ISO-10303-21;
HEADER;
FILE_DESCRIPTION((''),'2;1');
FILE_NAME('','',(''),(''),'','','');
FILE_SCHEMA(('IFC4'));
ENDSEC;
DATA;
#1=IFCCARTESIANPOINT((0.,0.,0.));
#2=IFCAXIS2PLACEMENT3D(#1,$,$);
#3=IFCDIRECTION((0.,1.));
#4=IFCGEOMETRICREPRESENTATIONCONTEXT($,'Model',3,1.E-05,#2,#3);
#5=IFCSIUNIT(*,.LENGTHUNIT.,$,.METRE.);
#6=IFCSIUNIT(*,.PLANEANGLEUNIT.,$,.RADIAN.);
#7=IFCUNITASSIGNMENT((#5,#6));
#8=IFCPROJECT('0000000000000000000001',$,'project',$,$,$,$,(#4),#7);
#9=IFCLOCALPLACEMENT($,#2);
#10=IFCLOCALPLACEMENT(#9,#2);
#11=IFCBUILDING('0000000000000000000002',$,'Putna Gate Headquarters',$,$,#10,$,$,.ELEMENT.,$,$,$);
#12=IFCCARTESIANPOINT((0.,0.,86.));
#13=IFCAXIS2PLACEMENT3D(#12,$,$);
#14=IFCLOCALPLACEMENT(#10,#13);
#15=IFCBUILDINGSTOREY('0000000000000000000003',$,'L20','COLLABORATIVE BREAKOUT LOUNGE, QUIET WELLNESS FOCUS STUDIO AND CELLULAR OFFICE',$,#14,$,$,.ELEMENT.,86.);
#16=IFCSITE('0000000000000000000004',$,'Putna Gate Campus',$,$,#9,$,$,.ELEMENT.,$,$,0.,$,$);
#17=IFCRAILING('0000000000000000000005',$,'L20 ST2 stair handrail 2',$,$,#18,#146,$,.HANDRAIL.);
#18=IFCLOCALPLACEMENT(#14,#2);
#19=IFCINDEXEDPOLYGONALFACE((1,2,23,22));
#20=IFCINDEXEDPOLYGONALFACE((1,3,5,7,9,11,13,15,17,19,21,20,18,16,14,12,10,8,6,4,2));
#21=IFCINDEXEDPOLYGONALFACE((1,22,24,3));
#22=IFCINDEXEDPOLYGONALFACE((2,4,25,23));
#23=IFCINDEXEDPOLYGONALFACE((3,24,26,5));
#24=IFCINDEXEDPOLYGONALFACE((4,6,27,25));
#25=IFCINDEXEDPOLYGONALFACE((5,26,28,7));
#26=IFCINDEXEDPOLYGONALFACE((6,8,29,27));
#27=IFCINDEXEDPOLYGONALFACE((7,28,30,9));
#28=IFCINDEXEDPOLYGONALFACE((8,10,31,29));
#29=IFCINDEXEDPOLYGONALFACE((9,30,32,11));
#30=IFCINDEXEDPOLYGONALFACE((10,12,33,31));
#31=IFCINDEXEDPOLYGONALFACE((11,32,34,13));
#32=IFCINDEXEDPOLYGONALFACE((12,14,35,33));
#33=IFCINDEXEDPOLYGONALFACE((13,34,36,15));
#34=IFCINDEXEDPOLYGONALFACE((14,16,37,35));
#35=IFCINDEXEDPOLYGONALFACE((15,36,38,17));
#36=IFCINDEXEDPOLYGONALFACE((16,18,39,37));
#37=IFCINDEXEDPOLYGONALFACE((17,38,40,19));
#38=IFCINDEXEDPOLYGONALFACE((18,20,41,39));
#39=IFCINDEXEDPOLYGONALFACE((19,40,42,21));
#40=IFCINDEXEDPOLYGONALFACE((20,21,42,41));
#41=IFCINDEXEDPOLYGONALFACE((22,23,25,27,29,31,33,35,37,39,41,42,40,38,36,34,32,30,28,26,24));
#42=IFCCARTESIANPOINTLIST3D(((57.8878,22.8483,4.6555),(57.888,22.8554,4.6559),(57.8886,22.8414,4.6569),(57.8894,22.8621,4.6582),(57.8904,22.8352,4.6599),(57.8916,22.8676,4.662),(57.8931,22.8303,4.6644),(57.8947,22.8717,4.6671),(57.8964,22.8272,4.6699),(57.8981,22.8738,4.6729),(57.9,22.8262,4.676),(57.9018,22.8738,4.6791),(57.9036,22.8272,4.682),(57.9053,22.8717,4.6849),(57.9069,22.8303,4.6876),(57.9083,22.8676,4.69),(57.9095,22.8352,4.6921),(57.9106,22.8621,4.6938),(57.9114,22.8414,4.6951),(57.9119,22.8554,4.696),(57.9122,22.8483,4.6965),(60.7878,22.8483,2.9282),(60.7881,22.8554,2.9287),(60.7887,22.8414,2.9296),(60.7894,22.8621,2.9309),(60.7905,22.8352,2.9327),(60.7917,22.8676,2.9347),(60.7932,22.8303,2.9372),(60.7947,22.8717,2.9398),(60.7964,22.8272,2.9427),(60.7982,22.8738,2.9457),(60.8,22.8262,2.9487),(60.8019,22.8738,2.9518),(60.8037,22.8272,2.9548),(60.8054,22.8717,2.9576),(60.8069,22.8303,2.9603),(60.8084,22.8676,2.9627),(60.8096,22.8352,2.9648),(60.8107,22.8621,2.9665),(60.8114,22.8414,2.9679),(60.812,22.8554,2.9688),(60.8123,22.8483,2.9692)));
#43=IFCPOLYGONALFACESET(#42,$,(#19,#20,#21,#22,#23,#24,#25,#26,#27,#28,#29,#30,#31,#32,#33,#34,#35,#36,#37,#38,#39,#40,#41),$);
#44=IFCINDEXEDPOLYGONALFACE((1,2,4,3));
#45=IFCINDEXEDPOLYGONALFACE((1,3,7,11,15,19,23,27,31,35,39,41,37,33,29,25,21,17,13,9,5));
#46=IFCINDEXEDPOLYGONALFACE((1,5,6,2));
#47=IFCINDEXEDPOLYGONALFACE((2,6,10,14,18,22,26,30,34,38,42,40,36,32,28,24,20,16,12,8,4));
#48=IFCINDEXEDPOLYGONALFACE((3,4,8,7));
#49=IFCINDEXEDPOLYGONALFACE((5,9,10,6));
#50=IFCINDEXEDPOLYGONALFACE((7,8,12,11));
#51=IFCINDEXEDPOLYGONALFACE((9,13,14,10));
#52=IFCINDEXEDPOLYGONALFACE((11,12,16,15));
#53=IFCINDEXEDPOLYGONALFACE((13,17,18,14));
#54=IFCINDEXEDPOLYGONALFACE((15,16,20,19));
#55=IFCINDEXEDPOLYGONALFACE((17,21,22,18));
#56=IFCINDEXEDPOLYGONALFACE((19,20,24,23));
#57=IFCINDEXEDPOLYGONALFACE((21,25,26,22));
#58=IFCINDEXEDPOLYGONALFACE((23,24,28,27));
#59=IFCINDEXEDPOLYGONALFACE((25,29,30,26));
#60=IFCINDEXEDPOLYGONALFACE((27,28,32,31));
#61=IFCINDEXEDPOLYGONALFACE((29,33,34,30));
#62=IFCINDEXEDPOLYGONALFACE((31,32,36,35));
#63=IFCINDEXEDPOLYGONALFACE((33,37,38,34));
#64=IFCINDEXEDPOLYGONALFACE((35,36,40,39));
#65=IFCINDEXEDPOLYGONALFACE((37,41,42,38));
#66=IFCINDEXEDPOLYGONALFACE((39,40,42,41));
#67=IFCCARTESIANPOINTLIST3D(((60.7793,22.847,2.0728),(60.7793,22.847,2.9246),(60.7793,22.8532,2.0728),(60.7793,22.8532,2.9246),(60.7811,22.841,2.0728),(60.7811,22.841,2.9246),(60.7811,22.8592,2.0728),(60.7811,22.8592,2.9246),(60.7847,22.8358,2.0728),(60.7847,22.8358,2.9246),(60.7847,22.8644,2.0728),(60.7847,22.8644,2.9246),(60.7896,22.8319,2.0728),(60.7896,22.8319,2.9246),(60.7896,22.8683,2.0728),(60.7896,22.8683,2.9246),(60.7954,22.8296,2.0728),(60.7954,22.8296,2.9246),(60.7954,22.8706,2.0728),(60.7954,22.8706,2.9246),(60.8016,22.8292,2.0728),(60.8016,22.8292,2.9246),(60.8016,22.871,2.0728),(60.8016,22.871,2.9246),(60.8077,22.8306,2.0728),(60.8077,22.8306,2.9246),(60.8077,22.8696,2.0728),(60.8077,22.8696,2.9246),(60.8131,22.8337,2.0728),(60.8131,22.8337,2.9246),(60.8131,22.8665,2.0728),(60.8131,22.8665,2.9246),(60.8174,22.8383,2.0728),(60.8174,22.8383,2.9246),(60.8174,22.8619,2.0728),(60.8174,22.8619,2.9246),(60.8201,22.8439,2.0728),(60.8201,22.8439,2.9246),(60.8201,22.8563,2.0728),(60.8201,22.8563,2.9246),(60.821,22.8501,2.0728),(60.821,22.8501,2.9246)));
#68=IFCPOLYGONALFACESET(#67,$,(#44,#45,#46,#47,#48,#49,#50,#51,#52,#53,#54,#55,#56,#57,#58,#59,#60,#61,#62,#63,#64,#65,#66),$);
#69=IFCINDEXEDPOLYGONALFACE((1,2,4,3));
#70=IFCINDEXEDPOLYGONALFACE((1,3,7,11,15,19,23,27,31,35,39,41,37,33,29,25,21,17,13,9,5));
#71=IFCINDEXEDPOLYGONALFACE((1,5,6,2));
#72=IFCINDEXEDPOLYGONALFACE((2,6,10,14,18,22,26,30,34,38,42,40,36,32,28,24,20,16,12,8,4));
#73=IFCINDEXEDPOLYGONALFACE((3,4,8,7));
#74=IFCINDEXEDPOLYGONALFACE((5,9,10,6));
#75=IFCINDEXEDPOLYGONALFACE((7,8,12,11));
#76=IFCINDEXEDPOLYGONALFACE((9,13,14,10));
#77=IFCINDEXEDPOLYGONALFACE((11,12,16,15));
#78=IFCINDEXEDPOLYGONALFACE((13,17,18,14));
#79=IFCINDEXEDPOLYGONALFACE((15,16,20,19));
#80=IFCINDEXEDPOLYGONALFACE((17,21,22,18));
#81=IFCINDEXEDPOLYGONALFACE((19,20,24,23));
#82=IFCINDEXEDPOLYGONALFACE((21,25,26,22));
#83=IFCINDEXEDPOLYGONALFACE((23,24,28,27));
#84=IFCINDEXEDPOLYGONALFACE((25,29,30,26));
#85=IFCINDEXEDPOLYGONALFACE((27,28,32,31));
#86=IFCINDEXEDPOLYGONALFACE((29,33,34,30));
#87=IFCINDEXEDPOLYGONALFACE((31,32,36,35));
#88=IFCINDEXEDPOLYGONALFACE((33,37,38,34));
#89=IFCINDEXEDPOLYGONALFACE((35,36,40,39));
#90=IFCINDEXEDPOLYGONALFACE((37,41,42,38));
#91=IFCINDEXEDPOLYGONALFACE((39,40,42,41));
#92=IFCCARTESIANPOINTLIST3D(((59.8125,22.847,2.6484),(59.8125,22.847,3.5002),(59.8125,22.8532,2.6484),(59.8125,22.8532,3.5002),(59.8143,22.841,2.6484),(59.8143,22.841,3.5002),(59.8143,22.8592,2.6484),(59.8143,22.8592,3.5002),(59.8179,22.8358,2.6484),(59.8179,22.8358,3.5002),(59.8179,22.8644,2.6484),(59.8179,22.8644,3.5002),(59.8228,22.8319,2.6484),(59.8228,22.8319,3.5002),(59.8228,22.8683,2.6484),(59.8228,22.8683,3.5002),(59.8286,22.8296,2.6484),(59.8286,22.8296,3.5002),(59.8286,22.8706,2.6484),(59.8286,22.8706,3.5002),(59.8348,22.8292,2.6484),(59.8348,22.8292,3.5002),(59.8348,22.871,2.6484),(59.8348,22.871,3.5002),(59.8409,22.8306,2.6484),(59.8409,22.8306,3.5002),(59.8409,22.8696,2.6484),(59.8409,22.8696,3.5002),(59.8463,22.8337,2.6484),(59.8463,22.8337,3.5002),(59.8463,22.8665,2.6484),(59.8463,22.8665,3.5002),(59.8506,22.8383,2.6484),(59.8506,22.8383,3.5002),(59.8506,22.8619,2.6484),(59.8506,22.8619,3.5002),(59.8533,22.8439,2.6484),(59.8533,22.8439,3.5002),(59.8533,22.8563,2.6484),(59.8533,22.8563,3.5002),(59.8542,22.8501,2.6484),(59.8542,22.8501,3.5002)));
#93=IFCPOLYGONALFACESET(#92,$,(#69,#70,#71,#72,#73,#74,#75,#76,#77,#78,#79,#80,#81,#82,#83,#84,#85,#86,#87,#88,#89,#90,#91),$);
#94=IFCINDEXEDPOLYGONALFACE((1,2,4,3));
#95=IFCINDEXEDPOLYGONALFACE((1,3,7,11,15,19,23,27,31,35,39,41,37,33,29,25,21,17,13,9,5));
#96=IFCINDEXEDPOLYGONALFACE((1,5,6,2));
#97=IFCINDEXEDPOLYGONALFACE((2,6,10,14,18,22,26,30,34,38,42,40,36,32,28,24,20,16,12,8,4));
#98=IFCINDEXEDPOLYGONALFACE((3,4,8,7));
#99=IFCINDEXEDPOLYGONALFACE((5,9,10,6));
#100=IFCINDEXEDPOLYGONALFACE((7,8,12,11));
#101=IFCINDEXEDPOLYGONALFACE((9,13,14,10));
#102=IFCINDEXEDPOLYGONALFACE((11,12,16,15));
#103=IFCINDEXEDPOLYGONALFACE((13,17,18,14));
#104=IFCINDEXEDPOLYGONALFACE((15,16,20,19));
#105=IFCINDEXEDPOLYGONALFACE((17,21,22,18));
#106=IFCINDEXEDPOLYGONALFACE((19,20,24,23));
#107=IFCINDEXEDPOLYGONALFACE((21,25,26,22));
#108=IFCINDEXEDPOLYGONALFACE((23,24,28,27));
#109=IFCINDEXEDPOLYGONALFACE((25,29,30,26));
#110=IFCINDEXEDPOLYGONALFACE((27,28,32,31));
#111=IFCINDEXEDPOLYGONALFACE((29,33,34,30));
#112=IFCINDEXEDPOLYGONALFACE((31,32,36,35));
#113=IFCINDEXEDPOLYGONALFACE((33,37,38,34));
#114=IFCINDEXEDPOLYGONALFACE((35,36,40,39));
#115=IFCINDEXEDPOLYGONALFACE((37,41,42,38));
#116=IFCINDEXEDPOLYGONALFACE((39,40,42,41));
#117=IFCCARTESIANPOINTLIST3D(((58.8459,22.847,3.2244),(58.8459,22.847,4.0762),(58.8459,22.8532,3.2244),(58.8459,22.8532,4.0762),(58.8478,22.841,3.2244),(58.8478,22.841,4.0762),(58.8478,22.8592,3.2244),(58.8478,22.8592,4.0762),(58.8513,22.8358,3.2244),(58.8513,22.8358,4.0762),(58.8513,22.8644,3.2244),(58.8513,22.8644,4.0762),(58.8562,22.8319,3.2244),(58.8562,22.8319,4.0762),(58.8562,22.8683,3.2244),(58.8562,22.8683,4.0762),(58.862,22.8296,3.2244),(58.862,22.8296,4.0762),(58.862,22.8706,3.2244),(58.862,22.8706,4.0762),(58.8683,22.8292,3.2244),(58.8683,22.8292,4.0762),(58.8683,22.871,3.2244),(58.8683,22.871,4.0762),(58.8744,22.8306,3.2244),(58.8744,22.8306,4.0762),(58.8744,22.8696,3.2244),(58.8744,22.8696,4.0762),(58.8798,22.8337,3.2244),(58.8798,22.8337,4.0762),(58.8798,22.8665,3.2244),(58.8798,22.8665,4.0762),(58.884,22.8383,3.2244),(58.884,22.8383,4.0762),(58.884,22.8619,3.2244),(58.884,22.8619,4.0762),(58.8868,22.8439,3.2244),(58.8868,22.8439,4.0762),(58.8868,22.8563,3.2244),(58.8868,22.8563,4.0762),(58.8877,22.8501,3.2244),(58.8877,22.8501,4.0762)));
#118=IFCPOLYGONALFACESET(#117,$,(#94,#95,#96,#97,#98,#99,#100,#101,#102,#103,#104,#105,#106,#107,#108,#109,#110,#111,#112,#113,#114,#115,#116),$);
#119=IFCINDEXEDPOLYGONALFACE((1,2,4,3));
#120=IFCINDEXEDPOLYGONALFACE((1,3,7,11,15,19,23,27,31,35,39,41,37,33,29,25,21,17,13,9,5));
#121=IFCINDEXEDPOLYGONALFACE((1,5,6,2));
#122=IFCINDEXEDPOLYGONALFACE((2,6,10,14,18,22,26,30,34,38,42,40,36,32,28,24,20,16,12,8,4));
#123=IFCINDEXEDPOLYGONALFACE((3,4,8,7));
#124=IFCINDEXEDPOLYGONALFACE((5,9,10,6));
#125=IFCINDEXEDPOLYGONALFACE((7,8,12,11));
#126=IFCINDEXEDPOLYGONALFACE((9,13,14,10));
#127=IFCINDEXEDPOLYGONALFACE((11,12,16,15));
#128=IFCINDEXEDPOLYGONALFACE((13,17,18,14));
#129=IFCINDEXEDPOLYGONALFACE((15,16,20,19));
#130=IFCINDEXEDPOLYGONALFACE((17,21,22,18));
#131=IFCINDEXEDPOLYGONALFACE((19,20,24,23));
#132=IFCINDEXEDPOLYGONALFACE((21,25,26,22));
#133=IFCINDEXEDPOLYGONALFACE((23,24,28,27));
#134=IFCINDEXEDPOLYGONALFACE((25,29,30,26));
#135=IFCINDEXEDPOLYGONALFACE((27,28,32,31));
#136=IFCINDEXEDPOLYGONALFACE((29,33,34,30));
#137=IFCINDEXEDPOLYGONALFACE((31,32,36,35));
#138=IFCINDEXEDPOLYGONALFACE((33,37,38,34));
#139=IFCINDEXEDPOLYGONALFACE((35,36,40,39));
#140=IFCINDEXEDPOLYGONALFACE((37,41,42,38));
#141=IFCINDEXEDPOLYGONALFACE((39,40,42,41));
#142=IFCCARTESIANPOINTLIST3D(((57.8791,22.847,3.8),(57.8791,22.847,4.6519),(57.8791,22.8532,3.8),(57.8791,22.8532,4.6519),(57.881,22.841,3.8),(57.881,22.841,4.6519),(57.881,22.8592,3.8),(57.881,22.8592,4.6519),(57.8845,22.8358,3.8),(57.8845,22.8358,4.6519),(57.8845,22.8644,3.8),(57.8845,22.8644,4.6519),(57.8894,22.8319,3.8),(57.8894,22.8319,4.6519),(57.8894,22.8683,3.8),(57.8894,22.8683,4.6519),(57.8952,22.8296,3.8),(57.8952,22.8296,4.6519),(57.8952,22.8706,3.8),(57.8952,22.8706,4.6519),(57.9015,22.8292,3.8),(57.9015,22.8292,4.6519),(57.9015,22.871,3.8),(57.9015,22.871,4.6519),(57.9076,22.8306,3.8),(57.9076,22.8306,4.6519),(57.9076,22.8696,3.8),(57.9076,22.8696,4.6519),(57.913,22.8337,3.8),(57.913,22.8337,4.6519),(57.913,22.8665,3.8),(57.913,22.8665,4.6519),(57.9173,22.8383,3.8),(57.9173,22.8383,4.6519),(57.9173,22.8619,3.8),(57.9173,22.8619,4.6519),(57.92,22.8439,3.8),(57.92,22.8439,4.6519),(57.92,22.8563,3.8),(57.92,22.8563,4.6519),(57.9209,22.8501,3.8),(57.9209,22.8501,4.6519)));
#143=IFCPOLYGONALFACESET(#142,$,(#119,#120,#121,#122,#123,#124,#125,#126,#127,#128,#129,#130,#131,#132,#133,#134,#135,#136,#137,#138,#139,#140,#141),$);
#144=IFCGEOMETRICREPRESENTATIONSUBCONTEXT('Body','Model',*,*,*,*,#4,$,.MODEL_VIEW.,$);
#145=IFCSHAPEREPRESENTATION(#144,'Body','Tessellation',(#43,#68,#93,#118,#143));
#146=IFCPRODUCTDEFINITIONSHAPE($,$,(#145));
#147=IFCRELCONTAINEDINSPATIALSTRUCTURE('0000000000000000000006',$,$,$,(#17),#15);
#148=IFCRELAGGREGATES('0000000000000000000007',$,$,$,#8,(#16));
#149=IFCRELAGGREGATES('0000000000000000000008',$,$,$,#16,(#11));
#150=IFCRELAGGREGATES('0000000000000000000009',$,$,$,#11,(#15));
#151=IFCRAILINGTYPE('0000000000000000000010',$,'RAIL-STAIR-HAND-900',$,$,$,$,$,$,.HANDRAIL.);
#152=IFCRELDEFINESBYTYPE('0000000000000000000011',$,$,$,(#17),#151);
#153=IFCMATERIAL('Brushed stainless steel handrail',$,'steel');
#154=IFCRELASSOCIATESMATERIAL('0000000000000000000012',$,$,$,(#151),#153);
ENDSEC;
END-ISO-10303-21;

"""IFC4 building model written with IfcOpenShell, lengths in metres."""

from ifc_helpers import new_model, si_unit, direction, frame, origin, origin_2d, place, context, subcontext, project, spatial, circle, extrude, material, type_object, element, save


model = new_model("IFC4")

# Units and contexts
model_context = context("Model", 3, precision=1e-05, world=origin(), true_north=direction((0.0, 1.0)))
body_context = subcontext(model_context, "Body", "Model", "MODEL_VIEW")
ifc_project = project(units=[si_unit("LENGTHUNIT", "METRE"), si_unit("PLANEANGLEUNIT", "RADIAN")], contexts=[model_context])

# Site, building, storey
site_placement = place(None, origin())
site = spatial("IfcSite", under=ifc_project, at=site_placement, Name="Putna Gate Campus", CompositionType="ELEMENT", RefElevation=0.0)
building_placement = place(site_placement, origin())
building = spatial("IfcBuilding", under=site, at=building_placement, Name="Putna Gate Headquarters", CompositionType="ELEMENT")
storey_placement = place(building_placement, frame((0.0, 0.0, 86.0)))
storey = spatial("IfcBuildingStorey", under=building, at=storey_placement, Name="L20", Description="COLLABORATIVE BREAKOUT LOUNGE, QUIET WELLNESS FOCUS STUDIO AND CELLULAR OFFICE", CompositionType="ELEMENT", Elevation=86.0)

# Railing
ifc_material_1 = material(Name="Brushed stainless steel handrail", Category="steel")
railing_type_1 = type_object("IfcRailingType", Name="RAIL-STAIR-HAND-900", PredefinedType="HANDRAIL", material=ifc_material_1)
railing_1_placement = place(storey_placement, frame((60.8, 22.8501, 2.0728)))
element("IfcRailing", 1, at=railing_1_placement, inside=storey, type_object=railing_type_1, Name="L20 ST2 stair handrail 2", PredefinedType="HANDRAIL", context=body_context, shape_type="SweptSolid", body=[
    extrude(circle(Radius=0.0239, at=origin_2d()), frame((0.0, 0.0, 0.876), z_axis=(-0.85916, 0.0, 0.511706), x_axis=(0.0, -1.0, 0.0)), (0.0, 0.0, 1.0), 3.3755),
    extrude(circle(Radius=0.021, at=origin_2d()), origin(), (0.0, 0.0, 1.0), 0.8518),
    extrude(circle(Radius=0.021, at=origin_2d()), frame((-0.9668, 0.0, 0.5757)), (0.0, 0.0, 1.0), 0.8518),
    extrude(circle(Radius=0.021, at=origin_2d()), frame((-1.9333, 0.0, 1.1516)), (0.0, 0.0, 1.0), 0.8518),
    extrude(circle(Radius=0.021, at=origin_2d()), frame((-2.9001, 0.0, 1.7273)), (0.0, 0.0, 1.0), 0.8518),
])

save(model, "model.ifc")
